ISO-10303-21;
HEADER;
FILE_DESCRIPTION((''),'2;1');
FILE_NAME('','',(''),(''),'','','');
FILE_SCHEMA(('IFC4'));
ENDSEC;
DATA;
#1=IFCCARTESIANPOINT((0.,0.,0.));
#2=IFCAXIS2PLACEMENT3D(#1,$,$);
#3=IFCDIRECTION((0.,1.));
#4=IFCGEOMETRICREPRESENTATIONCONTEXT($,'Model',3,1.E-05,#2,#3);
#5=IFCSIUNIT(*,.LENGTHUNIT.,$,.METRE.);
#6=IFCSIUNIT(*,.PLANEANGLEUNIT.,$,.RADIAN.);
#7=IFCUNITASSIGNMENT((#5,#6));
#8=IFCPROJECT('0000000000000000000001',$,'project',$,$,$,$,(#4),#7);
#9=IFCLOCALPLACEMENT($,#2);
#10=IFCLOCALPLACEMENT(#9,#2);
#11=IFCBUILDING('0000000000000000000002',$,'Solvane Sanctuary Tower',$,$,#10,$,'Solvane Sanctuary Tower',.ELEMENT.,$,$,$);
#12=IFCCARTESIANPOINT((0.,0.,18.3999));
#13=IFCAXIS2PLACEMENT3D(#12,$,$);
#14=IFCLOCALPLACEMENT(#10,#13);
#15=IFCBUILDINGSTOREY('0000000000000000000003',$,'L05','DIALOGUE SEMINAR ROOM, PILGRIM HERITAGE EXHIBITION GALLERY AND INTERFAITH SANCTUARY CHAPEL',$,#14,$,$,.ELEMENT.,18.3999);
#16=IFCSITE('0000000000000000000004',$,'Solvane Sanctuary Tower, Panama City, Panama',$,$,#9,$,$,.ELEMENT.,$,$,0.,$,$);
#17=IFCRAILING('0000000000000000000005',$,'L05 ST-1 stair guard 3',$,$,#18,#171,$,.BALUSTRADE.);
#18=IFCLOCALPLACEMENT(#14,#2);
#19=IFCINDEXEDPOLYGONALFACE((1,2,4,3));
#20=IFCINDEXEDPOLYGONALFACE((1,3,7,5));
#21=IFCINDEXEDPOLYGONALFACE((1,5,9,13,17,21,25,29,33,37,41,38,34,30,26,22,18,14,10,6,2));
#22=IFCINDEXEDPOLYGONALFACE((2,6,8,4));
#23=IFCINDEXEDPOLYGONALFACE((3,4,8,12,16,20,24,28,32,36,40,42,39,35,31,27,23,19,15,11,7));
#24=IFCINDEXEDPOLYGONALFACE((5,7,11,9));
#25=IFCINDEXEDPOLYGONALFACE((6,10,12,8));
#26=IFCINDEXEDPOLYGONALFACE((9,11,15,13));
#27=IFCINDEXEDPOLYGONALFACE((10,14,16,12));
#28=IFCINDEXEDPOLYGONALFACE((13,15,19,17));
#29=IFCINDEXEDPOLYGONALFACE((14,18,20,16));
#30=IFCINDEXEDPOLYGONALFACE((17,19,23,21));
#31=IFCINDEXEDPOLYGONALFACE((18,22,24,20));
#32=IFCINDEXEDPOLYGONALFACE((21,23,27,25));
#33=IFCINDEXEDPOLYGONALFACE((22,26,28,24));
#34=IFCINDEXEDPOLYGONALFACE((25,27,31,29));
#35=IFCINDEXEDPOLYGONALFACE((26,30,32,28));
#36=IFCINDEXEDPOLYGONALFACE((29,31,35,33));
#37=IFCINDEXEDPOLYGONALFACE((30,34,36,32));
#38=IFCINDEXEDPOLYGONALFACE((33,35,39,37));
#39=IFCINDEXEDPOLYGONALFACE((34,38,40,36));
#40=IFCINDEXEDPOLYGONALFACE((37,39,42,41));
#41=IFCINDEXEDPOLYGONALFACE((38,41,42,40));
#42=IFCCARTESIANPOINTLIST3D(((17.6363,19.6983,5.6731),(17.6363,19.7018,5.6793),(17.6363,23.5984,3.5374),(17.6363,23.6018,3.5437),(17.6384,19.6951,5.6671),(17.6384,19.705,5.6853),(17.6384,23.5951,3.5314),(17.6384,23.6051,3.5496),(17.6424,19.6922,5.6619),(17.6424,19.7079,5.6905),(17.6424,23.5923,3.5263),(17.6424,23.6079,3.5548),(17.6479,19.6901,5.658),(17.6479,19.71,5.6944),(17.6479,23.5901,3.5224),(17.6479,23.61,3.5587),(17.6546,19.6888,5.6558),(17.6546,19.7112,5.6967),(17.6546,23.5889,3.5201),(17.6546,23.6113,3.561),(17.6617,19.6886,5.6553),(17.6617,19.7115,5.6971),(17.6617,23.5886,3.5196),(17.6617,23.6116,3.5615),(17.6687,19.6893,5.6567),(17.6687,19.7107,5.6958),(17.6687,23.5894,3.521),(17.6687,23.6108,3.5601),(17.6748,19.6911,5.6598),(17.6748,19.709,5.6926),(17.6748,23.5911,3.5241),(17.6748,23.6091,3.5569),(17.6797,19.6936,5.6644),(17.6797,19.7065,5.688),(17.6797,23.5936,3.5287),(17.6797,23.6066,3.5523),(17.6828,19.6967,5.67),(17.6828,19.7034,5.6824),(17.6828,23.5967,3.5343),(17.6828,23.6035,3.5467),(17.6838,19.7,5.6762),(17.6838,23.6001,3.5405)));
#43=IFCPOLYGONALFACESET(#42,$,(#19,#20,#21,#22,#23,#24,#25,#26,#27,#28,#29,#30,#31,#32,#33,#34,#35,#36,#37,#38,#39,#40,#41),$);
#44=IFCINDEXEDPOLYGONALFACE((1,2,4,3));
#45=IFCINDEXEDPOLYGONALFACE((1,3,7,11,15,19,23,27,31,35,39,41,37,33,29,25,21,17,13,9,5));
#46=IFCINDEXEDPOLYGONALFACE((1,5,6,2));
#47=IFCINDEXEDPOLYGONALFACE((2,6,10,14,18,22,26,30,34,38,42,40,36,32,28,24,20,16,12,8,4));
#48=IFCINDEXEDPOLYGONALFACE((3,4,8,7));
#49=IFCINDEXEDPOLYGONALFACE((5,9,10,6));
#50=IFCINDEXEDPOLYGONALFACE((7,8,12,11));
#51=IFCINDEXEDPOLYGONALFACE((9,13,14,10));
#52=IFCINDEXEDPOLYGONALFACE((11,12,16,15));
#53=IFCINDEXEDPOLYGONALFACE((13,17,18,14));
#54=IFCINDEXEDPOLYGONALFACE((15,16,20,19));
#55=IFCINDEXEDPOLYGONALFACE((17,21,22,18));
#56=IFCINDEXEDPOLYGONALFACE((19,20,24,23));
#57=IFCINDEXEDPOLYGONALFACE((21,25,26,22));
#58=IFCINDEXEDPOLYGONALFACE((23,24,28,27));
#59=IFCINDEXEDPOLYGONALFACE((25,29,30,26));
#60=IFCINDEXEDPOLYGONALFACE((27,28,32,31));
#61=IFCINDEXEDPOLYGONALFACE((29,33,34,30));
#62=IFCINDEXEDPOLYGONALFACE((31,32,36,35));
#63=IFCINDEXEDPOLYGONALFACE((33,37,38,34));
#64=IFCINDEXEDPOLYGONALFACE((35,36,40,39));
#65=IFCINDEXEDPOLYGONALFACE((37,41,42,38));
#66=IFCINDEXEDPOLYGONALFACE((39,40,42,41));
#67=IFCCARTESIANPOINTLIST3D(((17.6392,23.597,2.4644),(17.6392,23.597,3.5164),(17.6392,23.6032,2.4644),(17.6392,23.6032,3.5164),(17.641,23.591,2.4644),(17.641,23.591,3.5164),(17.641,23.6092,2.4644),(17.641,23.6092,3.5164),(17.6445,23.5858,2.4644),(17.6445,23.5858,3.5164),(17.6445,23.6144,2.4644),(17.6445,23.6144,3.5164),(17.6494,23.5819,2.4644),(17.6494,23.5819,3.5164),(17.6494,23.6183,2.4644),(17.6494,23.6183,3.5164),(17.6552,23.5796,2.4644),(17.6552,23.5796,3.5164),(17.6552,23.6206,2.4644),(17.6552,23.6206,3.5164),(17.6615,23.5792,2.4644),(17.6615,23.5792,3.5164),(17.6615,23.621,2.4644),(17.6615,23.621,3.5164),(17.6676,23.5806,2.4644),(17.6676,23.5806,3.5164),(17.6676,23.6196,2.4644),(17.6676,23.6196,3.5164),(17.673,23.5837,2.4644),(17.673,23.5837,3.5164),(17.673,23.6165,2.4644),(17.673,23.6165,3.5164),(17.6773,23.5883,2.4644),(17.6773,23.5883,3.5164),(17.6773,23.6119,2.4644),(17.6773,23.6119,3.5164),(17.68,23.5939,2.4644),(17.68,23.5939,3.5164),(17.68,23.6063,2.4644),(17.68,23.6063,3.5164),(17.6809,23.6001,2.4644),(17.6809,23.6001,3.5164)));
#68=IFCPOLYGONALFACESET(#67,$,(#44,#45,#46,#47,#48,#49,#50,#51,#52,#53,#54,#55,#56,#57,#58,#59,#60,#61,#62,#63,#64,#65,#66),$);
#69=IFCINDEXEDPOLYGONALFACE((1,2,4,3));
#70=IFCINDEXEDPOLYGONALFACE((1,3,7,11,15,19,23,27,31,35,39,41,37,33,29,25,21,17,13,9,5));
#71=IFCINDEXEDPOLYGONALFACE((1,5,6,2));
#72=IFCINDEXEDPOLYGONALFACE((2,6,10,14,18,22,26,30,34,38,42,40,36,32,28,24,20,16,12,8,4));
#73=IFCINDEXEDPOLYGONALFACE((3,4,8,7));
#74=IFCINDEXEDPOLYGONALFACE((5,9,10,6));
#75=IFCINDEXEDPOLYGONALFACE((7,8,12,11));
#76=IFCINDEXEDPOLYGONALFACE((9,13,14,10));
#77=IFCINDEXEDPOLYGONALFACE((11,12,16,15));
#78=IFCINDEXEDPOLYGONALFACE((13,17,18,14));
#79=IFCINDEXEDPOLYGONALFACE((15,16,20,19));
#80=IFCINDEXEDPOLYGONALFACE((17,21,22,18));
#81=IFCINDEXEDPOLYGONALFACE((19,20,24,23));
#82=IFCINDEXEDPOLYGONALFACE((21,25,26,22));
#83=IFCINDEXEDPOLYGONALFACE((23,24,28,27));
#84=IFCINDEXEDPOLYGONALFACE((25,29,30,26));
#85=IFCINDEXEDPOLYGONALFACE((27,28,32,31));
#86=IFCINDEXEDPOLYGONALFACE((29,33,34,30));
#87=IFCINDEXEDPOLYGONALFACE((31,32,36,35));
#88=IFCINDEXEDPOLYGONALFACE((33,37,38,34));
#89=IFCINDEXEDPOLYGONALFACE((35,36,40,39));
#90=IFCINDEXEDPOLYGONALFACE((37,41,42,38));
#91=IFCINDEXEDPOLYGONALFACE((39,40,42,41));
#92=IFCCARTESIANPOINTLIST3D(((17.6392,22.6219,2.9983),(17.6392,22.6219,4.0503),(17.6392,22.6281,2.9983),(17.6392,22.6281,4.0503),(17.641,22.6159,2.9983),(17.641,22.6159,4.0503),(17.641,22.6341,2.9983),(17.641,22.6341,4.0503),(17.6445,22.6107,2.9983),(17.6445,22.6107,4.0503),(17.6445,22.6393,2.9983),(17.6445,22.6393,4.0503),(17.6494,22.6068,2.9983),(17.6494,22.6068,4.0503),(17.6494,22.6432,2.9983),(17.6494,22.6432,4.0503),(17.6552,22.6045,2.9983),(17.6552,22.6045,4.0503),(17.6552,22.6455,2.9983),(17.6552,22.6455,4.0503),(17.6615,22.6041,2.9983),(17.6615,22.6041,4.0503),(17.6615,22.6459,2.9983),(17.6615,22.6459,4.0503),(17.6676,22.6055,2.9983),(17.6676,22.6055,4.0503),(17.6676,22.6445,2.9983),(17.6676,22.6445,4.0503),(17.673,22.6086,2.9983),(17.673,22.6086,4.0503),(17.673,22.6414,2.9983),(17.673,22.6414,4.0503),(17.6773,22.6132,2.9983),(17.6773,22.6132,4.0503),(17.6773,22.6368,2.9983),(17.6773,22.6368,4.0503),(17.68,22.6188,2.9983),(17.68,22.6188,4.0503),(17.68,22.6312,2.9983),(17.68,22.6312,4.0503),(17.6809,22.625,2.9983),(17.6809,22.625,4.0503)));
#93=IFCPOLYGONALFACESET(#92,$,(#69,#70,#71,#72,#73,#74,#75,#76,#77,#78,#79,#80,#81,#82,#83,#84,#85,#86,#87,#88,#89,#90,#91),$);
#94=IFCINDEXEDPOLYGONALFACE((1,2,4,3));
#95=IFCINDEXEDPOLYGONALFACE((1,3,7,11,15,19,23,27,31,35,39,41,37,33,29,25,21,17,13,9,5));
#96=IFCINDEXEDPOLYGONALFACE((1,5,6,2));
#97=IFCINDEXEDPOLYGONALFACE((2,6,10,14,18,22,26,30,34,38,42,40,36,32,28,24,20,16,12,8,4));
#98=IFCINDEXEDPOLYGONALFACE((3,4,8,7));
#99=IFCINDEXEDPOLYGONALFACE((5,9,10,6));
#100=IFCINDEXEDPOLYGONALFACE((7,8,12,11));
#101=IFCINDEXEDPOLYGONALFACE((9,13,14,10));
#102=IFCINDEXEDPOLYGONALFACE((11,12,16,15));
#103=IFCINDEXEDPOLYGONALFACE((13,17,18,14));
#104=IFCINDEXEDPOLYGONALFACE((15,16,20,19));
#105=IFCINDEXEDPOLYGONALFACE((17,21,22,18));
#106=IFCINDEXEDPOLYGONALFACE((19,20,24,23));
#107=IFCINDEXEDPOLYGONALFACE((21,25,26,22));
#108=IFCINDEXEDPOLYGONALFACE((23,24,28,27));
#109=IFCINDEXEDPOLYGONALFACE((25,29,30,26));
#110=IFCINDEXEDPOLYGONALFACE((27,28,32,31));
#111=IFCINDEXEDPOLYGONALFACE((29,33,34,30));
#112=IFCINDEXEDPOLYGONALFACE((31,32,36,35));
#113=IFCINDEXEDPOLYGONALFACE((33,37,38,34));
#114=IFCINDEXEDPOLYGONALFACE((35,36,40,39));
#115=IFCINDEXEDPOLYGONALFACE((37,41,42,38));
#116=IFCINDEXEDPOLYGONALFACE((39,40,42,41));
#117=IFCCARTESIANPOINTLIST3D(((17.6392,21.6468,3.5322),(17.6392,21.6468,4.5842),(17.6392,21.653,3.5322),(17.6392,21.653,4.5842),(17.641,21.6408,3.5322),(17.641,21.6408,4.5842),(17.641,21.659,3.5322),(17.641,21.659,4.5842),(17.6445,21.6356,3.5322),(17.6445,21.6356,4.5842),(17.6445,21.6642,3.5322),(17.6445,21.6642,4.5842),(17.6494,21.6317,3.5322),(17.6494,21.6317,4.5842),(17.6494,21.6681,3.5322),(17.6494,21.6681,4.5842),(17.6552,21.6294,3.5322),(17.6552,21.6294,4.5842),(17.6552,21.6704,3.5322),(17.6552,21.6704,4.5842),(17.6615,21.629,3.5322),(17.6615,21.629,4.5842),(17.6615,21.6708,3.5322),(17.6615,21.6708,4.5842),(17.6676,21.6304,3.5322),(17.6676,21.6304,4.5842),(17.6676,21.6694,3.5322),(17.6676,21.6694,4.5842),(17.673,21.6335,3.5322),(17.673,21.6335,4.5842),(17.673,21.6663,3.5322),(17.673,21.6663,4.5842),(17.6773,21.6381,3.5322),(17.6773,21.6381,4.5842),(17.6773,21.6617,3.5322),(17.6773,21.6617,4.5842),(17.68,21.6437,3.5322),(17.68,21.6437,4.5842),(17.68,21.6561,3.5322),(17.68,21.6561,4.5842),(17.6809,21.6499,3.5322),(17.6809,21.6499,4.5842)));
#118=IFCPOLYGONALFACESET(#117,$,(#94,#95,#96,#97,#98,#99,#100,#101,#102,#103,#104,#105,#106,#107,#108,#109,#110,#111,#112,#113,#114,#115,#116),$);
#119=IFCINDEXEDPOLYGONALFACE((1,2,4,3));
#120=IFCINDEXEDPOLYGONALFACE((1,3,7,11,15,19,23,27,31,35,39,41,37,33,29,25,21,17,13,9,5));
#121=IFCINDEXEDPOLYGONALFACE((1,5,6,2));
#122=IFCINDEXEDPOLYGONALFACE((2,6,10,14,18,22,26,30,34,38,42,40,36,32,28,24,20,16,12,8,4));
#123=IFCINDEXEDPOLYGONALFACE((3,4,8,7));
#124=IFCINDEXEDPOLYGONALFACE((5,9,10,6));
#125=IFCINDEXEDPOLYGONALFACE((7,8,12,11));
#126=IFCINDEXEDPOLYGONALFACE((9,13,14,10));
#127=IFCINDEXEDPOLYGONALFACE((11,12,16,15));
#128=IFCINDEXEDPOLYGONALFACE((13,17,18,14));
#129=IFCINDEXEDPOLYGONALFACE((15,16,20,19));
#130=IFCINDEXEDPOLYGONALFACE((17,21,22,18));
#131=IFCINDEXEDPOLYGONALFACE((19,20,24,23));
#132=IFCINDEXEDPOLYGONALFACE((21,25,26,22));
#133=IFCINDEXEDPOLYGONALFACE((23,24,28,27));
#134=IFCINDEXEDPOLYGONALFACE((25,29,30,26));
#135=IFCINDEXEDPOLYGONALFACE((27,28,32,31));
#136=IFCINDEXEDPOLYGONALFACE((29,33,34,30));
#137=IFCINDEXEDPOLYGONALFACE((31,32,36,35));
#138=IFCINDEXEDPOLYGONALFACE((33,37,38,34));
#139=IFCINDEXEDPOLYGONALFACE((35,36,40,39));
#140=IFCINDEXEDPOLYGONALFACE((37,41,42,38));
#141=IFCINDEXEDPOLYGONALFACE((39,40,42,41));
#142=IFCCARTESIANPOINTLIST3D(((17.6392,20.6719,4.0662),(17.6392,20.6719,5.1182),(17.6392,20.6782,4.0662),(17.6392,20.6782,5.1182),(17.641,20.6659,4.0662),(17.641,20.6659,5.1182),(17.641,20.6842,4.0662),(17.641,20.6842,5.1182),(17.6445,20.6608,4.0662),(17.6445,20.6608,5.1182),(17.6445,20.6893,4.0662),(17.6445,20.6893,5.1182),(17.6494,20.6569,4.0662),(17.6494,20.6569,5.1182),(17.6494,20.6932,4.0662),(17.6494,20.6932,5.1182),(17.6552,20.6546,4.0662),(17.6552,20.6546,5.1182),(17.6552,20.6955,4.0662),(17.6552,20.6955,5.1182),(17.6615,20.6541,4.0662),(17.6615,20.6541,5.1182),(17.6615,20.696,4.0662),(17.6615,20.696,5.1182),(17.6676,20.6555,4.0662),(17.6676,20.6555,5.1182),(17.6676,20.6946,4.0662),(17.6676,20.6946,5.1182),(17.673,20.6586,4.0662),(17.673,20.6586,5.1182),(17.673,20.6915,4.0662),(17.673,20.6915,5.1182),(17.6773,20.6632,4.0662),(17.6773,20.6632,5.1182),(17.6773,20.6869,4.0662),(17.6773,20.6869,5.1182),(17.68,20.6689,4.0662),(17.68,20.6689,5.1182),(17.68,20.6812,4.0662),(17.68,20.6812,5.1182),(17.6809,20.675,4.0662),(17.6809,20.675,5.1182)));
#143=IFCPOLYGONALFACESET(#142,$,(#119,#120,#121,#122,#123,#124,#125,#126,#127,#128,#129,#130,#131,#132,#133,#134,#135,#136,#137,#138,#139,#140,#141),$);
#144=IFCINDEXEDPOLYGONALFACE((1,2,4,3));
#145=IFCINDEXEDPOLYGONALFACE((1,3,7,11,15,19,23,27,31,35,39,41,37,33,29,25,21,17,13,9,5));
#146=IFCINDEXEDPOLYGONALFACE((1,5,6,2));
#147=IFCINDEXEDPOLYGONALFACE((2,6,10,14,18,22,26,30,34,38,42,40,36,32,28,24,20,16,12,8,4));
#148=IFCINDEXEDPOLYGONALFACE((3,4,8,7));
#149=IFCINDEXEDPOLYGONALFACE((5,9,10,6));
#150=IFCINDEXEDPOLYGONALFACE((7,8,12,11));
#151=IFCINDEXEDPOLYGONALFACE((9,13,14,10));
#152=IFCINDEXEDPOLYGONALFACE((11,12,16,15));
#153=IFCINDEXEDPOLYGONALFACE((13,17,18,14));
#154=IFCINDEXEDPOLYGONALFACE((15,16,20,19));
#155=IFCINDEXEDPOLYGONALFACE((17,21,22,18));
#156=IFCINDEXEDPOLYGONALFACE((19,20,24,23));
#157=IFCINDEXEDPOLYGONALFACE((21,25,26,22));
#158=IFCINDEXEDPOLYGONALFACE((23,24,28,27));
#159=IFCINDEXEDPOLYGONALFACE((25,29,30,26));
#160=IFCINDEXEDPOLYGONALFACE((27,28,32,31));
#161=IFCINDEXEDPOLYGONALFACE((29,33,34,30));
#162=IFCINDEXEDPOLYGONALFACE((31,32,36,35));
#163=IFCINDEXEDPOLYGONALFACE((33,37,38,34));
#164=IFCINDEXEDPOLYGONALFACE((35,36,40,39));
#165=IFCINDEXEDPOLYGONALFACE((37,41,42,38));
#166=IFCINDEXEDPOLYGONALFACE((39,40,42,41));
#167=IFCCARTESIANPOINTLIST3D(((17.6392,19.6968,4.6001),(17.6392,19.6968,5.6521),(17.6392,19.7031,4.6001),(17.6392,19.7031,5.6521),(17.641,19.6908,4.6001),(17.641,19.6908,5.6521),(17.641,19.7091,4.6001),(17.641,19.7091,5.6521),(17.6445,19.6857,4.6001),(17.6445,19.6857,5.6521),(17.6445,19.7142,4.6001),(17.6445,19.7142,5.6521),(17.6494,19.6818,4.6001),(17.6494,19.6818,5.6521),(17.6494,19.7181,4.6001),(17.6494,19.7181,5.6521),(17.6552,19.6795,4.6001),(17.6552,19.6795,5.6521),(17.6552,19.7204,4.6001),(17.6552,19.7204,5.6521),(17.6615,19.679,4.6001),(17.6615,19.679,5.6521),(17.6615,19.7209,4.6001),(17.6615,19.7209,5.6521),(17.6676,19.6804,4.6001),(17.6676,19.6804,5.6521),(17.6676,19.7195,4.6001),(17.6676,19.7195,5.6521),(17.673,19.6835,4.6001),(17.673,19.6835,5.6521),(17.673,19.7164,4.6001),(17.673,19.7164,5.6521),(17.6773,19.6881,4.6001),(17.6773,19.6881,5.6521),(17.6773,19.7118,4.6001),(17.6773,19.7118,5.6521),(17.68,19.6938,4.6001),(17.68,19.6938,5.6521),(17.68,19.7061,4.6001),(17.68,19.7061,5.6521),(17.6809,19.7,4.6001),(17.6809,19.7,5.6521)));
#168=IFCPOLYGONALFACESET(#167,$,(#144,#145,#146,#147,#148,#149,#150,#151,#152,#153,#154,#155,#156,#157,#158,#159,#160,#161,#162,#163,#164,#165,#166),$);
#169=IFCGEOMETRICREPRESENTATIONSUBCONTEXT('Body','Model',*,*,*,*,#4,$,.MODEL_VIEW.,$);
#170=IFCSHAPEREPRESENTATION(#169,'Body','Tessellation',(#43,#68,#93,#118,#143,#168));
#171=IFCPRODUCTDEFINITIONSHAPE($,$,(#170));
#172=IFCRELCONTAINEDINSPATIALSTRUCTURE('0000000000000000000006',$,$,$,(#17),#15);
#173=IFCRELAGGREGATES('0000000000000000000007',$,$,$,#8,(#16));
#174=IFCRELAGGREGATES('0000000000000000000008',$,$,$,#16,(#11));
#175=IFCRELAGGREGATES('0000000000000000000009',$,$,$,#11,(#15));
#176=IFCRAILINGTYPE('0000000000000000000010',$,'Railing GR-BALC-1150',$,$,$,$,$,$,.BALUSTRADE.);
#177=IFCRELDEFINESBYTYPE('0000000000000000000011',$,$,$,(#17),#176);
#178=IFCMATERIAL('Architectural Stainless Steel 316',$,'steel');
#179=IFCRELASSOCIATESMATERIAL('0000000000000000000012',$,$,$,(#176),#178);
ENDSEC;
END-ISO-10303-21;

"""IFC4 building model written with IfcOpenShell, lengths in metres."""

from ifc_helpers import new_model, si_unit, direction, frame, origin, origin_2d, place, context, subcontext, project, spatial, circle, extrude, material, type_object, element, save


model = new_model("IFC4")

# Units and contexts
model_context = context("Model", 3, precision=1e-05, world=origin(), true_north=direction((0.0, 1.0)))
body_context = subcontext(model_context, "Body", "Model", "MODEL_VIEW")
ifc_project = project(units=[si_unit("LENGTHUNIT", "METRE"), si_unit("PLANEANGLEUNIT", "RADIAN")], contexts=[model_context])

# Site, building, storey
site_placement = place(None, origin())
site = spatial("IfcSite", under=ifc_project, at=site_placement, Name="Solvane Sanctuary Tower, Panama City, Panama", CompositionType="ELEMENT", RefElevation=0.0)
building_placement = place(site_placement, origin())
building = spatial("IfcBuilding", under=site, at=building_placement, Name="Solvane Sanctuary Tower", LongName="Solvane Sanctuary Tower", CompositionType="ELEMENT")
storey_placement = place(building_placement, frame((0.0, 0.0, 18.3999)))
storey = spatial("IfcBuildingStorey", under=building, at=storey_placement, Name="L05", Description="DIALOGUE SEMINAR ROOM, PILGRIM HERITAGE EXHIBITION GALLERY AND INTERFAITH SANCTUARY CHAPEL", CompositionType="ELEMENT", Elevation=18.3999)

# Railing
ifc_material_1 = material(Name="Architectural Stainless Steel 316", Category="steel")
railing_type_1 = type_object("IfcRailingType", Name="Railing GR-BALC-1150", PredefinedType="BALUSTRADE", material=ifc_material_1)
railing_1_placement = place(storey_placement, frame((17.6599, 23.6001, 2.4644)))
element("IfcRailing", 1, at=railing_1_placement, inside=storey, type_object=railing_type_1, Name="L05 ST-1 stair guard 3", PredefinedType="BALUSTRADE", context=body_context, shape_type="SweptSolid", body=[
    extrude(circle(Radius=0.0239, at=origin_2d()), frame((0.0, 0.0, 1.0762), z_axis=(0.0, -0.877101, 0.480306), x_axis=(1.0, 0.0, 0.0)), (0.0, 0.0, 1.0), 4.4465),
    extrude(circle(Radius=0.021, at=origin_2d()), origin(), (0.0, 0.0, 1.0), 1.052),
    extrude(circle(Radius=0.021, at=origin_2d()), frame((0.0, -0.9751, 0.5339)), (0.0, 0.0, 1.0), 1.052),
    extrude(circle(Radius=0.021, at=origin_2d()), frame((0.0, -1.9502, 1.0679)), (0.0, 0.0, 1.0), 1.052),
    extrude(circle(Radius=0.021, at=origin_2d()), frame((0.0, -2.925, 1.6018)), (0.0, 0.0, 1.0), 1.052),
    extrude(circle(Radius=0.021, at=origin_2d()), frame((0.0, -3.9001, 2.1357)), (0.0, 0.0, 1.0), 1.052),
])

save(model, "model.ifc")
